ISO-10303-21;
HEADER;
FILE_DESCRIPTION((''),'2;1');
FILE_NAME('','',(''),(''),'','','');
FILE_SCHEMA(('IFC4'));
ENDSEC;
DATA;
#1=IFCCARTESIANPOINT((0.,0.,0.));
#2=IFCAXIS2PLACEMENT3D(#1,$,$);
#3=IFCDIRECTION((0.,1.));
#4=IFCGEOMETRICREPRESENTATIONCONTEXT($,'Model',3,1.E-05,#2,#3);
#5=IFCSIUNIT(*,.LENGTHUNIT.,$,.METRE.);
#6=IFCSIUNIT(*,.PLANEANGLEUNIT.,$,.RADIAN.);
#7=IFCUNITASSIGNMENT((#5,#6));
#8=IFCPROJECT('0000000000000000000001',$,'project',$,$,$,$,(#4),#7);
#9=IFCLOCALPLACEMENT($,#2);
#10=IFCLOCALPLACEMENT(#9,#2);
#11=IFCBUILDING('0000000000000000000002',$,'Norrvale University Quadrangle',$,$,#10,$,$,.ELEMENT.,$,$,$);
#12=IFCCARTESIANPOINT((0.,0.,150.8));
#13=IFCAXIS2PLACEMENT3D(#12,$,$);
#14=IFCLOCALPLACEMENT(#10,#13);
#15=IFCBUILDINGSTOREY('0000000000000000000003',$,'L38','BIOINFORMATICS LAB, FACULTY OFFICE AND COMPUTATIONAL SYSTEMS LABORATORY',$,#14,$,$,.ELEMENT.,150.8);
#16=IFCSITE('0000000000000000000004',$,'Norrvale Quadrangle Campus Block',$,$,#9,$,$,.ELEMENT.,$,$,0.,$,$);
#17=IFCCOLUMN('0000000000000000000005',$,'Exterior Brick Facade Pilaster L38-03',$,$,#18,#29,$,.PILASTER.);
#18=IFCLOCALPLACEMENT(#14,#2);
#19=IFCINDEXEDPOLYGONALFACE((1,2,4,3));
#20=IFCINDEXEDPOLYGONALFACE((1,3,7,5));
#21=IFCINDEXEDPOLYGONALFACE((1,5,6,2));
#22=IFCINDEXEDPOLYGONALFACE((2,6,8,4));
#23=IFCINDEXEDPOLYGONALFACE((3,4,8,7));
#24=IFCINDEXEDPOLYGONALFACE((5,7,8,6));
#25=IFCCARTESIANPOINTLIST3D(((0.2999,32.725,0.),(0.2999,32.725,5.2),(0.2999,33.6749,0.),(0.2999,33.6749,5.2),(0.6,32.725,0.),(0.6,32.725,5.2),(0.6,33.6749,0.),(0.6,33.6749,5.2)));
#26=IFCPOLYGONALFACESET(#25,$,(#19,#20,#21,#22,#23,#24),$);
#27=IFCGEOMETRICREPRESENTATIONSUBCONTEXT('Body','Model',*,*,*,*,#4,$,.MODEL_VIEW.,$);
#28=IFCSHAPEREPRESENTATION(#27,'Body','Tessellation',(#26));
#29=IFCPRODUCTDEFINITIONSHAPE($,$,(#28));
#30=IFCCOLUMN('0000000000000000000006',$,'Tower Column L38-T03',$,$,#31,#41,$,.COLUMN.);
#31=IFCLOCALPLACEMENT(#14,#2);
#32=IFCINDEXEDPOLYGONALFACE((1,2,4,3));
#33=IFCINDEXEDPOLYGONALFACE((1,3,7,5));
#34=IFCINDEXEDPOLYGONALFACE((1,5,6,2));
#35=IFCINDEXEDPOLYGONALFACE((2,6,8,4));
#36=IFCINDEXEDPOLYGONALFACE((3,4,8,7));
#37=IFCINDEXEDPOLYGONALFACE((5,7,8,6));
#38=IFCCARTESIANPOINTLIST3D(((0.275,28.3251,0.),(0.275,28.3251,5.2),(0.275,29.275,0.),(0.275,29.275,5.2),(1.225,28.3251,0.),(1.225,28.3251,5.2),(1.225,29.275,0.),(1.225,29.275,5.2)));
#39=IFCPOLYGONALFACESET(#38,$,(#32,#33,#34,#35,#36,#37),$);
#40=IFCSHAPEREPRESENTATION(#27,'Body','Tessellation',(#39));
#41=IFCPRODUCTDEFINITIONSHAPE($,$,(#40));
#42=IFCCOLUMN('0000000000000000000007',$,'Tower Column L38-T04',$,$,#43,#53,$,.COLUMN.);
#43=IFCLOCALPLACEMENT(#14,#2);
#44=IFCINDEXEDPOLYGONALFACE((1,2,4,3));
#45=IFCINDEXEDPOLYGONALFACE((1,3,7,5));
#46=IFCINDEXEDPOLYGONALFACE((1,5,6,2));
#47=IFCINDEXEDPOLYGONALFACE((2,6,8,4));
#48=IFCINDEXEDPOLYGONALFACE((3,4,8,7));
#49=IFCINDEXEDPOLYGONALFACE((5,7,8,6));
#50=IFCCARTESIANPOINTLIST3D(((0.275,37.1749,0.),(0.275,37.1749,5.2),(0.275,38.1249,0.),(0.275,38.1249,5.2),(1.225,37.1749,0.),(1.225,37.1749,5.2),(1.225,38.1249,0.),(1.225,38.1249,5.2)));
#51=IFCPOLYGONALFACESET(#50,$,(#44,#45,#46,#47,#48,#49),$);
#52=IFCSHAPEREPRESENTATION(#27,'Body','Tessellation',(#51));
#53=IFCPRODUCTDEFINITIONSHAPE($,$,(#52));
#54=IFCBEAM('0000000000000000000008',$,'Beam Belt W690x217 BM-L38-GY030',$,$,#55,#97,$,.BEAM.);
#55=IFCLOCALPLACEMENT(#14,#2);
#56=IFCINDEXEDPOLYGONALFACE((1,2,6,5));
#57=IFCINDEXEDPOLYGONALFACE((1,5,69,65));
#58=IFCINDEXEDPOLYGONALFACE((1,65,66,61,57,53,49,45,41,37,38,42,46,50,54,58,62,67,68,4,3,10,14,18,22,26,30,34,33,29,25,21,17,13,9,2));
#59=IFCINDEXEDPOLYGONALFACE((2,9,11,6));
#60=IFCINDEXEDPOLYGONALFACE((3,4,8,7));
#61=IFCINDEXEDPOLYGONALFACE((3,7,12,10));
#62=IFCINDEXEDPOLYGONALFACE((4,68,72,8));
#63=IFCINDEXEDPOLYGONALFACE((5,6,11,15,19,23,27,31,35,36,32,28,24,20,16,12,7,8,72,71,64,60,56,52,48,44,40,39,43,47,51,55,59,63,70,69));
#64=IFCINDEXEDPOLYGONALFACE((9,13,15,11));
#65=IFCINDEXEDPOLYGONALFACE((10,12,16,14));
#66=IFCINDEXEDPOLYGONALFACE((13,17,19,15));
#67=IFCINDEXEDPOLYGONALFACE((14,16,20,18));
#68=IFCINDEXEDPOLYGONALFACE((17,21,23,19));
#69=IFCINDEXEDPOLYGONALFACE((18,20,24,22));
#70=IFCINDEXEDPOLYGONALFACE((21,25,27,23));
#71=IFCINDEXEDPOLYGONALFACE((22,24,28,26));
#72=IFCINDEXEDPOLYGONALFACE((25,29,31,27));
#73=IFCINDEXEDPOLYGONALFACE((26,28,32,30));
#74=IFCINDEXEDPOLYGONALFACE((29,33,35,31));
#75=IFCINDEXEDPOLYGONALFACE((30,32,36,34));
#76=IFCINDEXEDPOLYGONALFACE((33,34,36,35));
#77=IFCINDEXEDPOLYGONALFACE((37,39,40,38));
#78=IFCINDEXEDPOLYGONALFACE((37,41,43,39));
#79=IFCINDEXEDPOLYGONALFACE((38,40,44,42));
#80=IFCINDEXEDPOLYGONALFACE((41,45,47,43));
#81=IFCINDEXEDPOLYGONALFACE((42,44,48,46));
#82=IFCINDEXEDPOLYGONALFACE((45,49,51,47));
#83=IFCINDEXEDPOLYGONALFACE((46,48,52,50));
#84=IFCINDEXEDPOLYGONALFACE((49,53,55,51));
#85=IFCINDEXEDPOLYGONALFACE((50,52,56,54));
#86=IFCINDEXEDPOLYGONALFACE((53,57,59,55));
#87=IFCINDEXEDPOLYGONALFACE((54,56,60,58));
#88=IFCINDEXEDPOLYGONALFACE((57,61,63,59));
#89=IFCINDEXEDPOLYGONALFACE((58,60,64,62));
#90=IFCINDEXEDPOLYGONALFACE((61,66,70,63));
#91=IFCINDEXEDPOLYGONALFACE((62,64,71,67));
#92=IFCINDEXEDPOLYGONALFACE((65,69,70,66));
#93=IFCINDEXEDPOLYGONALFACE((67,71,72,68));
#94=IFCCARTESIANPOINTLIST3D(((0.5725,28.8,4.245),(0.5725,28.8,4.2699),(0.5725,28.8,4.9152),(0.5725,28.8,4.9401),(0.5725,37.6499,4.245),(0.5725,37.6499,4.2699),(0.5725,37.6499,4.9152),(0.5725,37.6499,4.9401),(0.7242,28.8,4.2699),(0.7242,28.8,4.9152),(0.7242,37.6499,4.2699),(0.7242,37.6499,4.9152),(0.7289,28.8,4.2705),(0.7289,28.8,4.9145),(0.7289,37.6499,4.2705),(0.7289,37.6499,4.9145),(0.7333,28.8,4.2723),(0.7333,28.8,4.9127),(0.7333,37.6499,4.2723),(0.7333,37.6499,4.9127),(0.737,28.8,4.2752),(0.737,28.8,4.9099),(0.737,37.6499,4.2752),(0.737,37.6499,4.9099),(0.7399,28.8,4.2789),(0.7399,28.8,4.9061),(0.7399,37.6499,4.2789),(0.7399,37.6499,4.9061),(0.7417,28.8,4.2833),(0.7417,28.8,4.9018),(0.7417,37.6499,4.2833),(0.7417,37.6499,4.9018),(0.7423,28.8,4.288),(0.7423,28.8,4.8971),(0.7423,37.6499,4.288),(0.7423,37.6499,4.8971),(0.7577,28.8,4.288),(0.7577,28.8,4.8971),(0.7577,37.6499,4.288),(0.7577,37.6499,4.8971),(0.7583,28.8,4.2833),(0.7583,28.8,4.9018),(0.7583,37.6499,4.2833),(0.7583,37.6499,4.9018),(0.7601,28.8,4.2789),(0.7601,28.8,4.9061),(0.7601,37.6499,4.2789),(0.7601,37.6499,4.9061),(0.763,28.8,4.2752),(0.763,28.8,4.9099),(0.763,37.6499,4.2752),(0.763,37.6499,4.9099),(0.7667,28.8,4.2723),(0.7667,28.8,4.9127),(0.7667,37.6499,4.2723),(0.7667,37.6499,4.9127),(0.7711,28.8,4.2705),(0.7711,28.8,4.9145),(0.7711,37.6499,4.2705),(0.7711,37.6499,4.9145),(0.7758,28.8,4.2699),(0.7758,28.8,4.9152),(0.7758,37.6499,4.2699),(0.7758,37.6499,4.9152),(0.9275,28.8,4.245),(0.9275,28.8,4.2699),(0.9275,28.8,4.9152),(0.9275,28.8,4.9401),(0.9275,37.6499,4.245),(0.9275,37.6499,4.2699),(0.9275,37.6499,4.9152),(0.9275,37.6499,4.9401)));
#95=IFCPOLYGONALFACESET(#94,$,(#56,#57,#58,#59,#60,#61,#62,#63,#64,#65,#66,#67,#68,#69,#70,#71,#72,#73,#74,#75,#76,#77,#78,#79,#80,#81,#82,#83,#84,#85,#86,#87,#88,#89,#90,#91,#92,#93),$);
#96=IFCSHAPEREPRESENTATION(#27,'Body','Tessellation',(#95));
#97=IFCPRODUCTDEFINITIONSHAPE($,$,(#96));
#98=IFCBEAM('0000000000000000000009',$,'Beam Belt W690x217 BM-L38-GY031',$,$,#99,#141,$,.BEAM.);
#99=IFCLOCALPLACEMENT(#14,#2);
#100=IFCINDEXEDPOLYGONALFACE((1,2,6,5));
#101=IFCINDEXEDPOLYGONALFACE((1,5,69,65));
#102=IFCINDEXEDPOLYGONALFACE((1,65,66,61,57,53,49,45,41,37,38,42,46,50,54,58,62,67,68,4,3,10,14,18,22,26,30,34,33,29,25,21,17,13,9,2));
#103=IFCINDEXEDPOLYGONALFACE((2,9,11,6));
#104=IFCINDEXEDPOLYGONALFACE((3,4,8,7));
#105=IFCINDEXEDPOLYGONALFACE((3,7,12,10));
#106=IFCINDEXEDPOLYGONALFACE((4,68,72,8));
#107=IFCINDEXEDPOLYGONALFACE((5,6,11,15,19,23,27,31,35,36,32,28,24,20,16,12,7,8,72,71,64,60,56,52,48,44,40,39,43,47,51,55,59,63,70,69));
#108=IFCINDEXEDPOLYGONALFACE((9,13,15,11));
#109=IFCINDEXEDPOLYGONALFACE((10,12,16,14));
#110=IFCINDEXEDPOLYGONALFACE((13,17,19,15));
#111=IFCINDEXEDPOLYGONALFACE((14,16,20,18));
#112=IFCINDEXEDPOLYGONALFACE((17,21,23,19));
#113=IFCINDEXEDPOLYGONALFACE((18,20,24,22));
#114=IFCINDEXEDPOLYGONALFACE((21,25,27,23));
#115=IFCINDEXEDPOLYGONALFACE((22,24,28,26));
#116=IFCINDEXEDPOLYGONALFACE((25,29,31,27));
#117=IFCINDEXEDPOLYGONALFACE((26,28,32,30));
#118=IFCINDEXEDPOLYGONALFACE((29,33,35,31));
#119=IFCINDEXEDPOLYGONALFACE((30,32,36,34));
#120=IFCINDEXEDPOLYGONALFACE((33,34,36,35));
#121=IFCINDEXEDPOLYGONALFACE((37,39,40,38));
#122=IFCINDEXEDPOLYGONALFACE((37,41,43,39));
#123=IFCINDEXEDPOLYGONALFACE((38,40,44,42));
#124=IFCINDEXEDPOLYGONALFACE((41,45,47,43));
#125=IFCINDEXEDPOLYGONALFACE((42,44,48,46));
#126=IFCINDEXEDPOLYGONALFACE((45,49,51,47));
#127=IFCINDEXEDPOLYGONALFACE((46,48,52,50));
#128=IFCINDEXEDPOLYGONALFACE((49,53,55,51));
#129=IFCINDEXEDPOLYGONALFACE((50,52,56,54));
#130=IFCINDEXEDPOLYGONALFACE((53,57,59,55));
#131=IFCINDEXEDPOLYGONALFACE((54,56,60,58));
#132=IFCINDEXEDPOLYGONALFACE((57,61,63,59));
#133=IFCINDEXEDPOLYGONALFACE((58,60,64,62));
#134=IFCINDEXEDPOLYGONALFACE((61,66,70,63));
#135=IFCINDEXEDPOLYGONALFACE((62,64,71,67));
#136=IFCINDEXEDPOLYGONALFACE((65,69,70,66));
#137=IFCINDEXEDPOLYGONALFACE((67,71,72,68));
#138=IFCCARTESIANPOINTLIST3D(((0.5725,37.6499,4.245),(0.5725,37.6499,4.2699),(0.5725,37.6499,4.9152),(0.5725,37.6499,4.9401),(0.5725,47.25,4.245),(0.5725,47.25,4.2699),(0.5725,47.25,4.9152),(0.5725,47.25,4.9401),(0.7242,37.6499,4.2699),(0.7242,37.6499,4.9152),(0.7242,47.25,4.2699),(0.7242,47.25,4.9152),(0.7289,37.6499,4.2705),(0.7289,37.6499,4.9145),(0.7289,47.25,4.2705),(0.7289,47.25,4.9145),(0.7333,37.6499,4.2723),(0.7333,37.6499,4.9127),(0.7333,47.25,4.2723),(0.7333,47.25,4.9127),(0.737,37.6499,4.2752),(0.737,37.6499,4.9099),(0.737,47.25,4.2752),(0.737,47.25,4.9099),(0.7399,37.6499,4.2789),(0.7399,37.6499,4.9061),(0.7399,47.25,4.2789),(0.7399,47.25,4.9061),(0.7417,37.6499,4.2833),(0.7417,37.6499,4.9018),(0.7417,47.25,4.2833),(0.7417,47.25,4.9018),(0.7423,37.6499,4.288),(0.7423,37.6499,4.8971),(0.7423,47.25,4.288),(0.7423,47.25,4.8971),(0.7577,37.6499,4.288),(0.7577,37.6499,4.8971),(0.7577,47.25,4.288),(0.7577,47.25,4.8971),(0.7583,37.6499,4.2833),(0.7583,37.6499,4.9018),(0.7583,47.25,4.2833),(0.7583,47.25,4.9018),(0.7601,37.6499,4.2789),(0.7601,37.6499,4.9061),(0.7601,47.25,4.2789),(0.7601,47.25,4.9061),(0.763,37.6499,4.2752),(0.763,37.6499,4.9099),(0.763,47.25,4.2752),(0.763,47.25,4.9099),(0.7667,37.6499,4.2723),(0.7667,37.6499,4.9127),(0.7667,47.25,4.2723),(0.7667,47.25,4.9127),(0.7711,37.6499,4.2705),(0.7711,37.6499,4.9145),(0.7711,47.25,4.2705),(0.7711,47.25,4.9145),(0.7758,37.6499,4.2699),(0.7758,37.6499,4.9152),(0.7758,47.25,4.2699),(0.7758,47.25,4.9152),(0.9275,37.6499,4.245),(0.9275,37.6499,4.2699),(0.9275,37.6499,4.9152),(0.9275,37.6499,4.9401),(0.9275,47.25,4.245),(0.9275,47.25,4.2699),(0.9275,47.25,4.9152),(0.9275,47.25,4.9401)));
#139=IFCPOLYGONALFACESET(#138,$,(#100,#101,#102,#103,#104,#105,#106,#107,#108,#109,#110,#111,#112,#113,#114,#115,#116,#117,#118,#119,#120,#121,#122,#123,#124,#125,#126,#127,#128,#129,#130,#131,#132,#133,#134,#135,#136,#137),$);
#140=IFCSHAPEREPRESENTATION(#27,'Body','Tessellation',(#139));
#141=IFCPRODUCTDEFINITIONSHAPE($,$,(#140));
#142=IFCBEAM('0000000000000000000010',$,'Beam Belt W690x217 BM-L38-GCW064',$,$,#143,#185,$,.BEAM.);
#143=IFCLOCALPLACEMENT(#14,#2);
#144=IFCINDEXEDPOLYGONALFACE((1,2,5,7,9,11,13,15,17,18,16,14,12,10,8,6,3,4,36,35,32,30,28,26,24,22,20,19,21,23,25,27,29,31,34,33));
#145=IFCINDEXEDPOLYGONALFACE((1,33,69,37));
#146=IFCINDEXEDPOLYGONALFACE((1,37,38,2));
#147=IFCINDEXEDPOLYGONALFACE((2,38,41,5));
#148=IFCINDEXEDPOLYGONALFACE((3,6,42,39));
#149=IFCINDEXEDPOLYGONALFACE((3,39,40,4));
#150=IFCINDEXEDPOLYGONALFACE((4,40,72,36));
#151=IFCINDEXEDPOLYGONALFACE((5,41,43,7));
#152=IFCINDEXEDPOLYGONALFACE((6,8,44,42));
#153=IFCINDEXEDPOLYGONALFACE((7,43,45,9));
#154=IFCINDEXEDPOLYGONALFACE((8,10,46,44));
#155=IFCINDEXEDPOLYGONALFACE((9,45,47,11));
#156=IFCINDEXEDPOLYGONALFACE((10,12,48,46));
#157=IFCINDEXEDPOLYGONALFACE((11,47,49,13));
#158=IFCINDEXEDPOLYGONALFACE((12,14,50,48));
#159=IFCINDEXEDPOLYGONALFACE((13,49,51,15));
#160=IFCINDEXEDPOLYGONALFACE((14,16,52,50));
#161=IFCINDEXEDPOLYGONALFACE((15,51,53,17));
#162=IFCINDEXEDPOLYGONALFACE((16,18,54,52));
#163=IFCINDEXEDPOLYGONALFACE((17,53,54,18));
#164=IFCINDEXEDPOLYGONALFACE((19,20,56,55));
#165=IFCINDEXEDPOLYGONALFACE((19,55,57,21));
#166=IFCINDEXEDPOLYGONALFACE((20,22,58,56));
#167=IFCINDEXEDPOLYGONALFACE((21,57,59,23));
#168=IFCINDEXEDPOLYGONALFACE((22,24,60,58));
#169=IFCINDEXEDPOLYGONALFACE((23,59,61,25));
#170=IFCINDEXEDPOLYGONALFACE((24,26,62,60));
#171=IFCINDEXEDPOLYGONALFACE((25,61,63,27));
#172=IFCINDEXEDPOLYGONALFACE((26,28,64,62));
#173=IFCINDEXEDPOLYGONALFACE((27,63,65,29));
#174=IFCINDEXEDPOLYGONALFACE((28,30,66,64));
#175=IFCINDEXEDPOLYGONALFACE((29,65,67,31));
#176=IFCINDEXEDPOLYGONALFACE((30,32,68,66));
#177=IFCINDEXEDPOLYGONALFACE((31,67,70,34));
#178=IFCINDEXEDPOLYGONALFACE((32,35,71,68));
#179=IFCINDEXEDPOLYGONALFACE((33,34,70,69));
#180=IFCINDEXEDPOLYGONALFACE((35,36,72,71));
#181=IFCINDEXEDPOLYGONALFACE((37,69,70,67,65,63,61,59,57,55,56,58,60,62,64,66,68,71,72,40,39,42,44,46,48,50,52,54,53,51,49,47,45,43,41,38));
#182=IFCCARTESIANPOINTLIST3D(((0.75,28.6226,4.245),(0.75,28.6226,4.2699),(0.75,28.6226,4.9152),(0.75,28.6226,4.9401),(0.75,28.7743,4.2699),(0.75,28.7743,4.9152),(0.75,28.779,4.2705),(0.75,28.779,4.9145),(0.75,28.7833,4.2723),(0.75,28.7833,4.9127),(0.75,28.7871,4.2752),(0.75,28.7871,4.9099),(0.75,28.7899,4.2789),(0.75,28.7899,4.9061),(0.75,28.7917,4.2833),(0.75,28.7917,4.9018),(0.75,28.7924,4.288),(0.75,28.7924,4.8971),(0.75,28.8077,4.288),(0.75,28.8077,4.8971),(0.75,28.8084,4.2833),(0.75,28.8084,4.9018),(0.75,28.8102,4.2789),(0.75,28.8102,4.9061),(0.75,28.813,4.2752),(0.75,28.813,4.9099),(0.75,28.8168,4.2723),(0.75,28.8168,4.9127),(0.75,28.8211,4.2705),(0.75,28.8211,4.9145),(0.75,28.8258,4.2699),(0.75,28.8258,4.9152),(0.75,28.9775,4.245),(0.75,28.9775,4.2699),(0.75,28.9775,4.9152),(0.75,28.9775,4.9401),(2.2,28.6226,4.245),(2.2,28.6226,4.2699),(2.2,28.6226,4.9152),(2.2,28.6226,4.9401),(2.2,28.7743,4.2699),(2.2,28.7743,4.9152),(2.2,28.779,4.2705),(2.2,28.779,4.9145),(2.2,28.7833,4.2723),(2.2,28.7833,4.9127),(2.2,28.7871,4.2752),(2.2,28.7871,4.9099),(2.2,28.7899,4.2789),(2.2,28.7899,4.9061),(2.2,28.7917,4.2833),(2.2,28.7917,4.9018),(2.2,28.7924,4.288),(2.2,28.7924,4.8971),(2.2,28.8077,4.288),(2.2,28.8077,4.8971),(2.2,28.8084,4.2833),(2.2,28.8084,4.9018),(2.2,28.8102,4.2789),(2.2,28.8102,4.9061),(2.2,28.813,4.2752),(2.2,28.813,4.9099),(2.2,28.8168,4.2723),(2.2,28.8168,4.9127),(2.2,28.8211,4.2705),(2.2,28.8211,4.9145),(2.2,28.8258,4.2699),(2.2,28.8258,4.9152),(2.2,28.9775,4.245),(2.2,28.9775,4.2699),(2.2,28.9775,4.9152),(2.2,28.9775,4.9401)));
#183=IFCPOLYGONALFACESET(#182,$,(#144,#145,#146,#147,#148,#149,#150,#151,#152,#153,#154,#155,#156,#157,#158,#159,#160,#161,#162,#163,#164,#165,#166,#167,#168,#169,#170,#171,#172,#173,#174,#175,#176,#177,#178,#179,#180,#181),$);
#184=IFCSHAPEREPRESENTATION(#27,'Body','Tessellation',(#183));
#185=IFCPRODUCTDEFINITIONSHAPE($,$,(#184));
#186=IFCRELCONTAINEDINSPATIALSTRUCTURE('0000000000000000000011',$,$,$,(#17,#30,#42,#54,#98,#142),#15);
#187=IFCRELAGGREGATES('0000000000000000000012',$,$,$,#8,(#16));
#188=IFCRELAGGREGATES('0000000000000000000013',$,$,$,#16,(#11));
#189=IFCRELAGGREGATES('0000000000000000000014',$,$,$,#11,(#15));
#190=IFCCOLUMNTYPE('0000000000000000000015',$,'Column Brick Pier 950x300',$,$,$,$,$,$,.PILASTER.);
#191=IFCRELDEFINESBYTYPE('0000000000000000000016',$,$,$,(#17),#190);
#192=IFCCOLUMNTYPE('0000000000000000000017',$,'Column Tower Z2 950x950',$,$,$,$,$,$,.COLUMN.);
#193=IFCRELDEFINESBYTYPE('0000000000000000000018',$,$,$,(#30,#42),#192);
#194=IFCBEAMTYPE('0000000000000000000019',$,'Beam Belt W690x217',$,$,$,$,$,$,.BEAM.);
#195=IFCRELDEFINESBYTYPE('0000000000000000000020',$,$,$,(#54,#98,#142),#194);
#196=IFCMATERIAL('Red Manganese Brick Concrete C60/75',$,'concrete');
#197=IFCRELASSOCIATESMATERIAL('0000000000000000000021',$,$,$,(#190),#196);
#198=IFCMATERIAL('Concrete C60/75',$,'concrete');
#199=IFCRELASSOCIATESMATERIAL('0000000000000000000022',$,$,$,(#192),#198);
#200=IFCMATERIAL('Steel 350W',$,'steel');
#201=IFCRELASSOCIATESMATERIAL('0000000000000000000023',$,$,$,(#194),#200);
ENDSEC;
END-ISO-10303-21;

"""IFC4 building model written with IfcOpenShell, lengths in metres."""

from ifc_helpers import new_model, si_unit, direction, frame, origin, origin_2d, place, context, subcontext, project, spatial, rectangle, i_section, extrude, material, material_profile, profile_set, type_object, element, save


model = new_model("IFC4")

# Units and contexts
model_context = context("Model", 3, precision=1e-05, world=origin(), true_north=direction((0.0, 1.0)))
body_context = subcontext(model_context, "Body", "Model", "MODEL_VIEW")
ifc_project = project(units=[si_unit("LENGTHUNIT", "METRE"), si_unit("PLANEANGLEUNIT", "RADIAN")], contexts=[model_context])

# Site, building, storey
site_placement = place(None, origin())
site = spatial("IfcSite", under=ifc_project, at=site_placement, Name="Norrvale Quadrangle Campus Block", CompositionType="ELEMENT", RefElevation=0.0)
building_placement = place(site_placement, origin())
building = spatial("IfcBuilding", under=site, at=building_placement, Name="Norrvale University Quadrangle", CompositionType="ELEMENT")
storey_placement = place(building_placement, frame((0.0, 0.0, 150.8)))
storey = spatial("IfcBuildingStorey", under=building, at=storey_placement, Name="L38", Description="BIOINFORMATICS LAB, FACULTY OFFICE AND COMPUTATIONAL SYSTEMS LABORATORY", CompositionType="ELEMENT", Elevation=150.8)

# Columns
ifc_material_1 = material(Name="Red Manganese Brick Concrete C60/75", Category="concrete")
ifc_material_profile_1 = material_profile(ifc_material_1, rectangle(XDim=0.95, YDim=0.3, at=origin_2d()), Name="Red Manganese Brick Concrete C60/75")
ifc_profile_set_1 = profile_set([ifc_material_profile_1], Name="Red Manganese Brick Concrete C60/75")
column_type_1 = type_object("IfcColumnType", Name="Column Brick Pier 950x300", PredefinedType="PILASTER", material=ifc_profile_set_1)
column_placement = place(storey_placement, frame((0.45, 33.2, 0.0), z_axis=(0.0, 0.0, 1.0), x_axis=(0.0, 1.0, 0.0)))
element("IfcColumn", 1, at=column_placement, inside=storey, type_object=column_type_1, Name="Exterior Brick Facade Pilaster L38-03", PredefinedType="PILASTER", context=body_context, shape_type="SweptSolid", body=[
    extrude(rectangle(XDim=0.95, YDim=0.3, at=origin_2d()), origin(), (0.0, 0.0, 1.0), 5.2),
])
ifc_material_2 = material(Name="Concrete C60/75", Category="concrete")
ifc_material_profile_2 = material_profile(ifc_material_2, rectangle(XDim=0.95, YDim=0.95, at=origin_2d()), Name="Concrete C60/75")
ifc_profile_set_2 = profile_set([ifc_material_profile_2], Name="Concrete C60/75")
column_type_2 = type_object("IfcColumnType", Name="Column Tower Z2 950x950", PredefinedType="COLUMN", material=ifc_profile_set_2)
for number, where, z_axis, x_axis, name in (
    (2, (0.75, 28.8, 0.0), (0.0, 0.0, 1.0), (1.0, 0.0, 0.0), "Tower Column L38-T03"),
    (3, (0.75, 37.6499, 0.0), (0.0, 0.0, 1.0), (1.0, 0.0, 0.0), "Tower Column L38-T04"),
):
    element("IfcColumn", number, at=place(storey_placement, frame(where, z_axis=z_axis, x_axis=x_axis)), inside=storey, type_object=column_type_2, Name=name, PredefinedType="COLUMN", context=body_context, shape_type="SweptSolid", body=[
        extrude(rectangle(XDim=0.95, YDim=0.95, at=origin_2d()), origin(), (0.0, 0.0, 1.0), 5.2),
    ])

# Beams
ifc_material_3 = material(Name="Steel 350W", Category="steel")
ifc_material_profile_3 = material_profile(ifc_material_3, i_section(OverallWidth=0.355, OverallDepth=0.6951, WebThickness=0.0154, FlangeThickness=0.0249, FilletRadius=0.0181, at=origin_2d()), Name="Steel 350W")
ifc_profile_set_3 = profile_set([ifc_material_profile_3], Name="Steel 350W")
beam_type = type_object("IfcBeamType", Name="Beam Belt W690x217", PredefinedType="BEAM", material=ifc_profile_set_3)
beam_1_placement = place(storey_placement, frame((0.75, 28.8, 4.5925), z_axis=(0.0, 1.0, 0.0), x_axis=(-1.0, 0.0, 0.0)))
element("IfcBeam", 4, at=beam_1_placement, inside=storey, type_object=beam_type, Name="Beam Belt W690x217 BM-L38-GY030", PredefinedType="BEAM", context=body_context, shape_type="SweptSolid", body=[
    extrude(i_section(OverallWidth=0.355, OverallDepth=0.6951, WebThickness=0.0154, FlangeThickness=0.0249, FilletRadius=0.0181, at=origin_2d()), origin(), (0.0, 0.0, 1.0), 8.8499),
])
beam_2_placement = place(storey_placement, frame((0.75, 37.6499, 4.5925), z_axis=(0.0, 1.0, 0.0), x_axis=(-1.0, 0.0, 0.0)))
element("IfcBeam", 5, at=beam_2_placement, inside=storey, type_object=beam_type, Name="Beam Belt W690x217 BM-L38-GY031", PredefinedType="BEAM", context=body_context, shape_type="SweptSolid", body=[
    extrude(i_section(OverallWidth=0.355, OverallDepth=0.6951, WebThickness=0.0154, FlangeThickness=0.0249, FilletRadius=0.0181, at=origin_2d()), origin(), (0.0, 0.0, 1.0), 9.6001),
])
for number, where, z_axis, x_axis, name in (
    (6, (0.75, 28.8, 4.5925), (1.0, 0.0, 0.0), (0.0, 1.0, 0.0), "Beam Belt W690x217 BM-L38-GCW064"),
):
    element("IfcBeam", number, at=place(storey_placement, frame(where, z_axis=z_axis, x_axis=x_axis)), inside=storey, type_object=beam_type, Name=name, PredefinedType="BEAM", context=body_context, shape_type="SweptSolid", body=[
        extrude(i_section(OverallWidth=0.355, OverallDepth=0.6951, WebThickness=0.0154, FlangeThickness=0.0249, FilletRadius=0.0181, at=origin_2d()), origin(), (0.0, 0.0, 1.0), 1.45),
    ])

save(model, "model.ifc")
